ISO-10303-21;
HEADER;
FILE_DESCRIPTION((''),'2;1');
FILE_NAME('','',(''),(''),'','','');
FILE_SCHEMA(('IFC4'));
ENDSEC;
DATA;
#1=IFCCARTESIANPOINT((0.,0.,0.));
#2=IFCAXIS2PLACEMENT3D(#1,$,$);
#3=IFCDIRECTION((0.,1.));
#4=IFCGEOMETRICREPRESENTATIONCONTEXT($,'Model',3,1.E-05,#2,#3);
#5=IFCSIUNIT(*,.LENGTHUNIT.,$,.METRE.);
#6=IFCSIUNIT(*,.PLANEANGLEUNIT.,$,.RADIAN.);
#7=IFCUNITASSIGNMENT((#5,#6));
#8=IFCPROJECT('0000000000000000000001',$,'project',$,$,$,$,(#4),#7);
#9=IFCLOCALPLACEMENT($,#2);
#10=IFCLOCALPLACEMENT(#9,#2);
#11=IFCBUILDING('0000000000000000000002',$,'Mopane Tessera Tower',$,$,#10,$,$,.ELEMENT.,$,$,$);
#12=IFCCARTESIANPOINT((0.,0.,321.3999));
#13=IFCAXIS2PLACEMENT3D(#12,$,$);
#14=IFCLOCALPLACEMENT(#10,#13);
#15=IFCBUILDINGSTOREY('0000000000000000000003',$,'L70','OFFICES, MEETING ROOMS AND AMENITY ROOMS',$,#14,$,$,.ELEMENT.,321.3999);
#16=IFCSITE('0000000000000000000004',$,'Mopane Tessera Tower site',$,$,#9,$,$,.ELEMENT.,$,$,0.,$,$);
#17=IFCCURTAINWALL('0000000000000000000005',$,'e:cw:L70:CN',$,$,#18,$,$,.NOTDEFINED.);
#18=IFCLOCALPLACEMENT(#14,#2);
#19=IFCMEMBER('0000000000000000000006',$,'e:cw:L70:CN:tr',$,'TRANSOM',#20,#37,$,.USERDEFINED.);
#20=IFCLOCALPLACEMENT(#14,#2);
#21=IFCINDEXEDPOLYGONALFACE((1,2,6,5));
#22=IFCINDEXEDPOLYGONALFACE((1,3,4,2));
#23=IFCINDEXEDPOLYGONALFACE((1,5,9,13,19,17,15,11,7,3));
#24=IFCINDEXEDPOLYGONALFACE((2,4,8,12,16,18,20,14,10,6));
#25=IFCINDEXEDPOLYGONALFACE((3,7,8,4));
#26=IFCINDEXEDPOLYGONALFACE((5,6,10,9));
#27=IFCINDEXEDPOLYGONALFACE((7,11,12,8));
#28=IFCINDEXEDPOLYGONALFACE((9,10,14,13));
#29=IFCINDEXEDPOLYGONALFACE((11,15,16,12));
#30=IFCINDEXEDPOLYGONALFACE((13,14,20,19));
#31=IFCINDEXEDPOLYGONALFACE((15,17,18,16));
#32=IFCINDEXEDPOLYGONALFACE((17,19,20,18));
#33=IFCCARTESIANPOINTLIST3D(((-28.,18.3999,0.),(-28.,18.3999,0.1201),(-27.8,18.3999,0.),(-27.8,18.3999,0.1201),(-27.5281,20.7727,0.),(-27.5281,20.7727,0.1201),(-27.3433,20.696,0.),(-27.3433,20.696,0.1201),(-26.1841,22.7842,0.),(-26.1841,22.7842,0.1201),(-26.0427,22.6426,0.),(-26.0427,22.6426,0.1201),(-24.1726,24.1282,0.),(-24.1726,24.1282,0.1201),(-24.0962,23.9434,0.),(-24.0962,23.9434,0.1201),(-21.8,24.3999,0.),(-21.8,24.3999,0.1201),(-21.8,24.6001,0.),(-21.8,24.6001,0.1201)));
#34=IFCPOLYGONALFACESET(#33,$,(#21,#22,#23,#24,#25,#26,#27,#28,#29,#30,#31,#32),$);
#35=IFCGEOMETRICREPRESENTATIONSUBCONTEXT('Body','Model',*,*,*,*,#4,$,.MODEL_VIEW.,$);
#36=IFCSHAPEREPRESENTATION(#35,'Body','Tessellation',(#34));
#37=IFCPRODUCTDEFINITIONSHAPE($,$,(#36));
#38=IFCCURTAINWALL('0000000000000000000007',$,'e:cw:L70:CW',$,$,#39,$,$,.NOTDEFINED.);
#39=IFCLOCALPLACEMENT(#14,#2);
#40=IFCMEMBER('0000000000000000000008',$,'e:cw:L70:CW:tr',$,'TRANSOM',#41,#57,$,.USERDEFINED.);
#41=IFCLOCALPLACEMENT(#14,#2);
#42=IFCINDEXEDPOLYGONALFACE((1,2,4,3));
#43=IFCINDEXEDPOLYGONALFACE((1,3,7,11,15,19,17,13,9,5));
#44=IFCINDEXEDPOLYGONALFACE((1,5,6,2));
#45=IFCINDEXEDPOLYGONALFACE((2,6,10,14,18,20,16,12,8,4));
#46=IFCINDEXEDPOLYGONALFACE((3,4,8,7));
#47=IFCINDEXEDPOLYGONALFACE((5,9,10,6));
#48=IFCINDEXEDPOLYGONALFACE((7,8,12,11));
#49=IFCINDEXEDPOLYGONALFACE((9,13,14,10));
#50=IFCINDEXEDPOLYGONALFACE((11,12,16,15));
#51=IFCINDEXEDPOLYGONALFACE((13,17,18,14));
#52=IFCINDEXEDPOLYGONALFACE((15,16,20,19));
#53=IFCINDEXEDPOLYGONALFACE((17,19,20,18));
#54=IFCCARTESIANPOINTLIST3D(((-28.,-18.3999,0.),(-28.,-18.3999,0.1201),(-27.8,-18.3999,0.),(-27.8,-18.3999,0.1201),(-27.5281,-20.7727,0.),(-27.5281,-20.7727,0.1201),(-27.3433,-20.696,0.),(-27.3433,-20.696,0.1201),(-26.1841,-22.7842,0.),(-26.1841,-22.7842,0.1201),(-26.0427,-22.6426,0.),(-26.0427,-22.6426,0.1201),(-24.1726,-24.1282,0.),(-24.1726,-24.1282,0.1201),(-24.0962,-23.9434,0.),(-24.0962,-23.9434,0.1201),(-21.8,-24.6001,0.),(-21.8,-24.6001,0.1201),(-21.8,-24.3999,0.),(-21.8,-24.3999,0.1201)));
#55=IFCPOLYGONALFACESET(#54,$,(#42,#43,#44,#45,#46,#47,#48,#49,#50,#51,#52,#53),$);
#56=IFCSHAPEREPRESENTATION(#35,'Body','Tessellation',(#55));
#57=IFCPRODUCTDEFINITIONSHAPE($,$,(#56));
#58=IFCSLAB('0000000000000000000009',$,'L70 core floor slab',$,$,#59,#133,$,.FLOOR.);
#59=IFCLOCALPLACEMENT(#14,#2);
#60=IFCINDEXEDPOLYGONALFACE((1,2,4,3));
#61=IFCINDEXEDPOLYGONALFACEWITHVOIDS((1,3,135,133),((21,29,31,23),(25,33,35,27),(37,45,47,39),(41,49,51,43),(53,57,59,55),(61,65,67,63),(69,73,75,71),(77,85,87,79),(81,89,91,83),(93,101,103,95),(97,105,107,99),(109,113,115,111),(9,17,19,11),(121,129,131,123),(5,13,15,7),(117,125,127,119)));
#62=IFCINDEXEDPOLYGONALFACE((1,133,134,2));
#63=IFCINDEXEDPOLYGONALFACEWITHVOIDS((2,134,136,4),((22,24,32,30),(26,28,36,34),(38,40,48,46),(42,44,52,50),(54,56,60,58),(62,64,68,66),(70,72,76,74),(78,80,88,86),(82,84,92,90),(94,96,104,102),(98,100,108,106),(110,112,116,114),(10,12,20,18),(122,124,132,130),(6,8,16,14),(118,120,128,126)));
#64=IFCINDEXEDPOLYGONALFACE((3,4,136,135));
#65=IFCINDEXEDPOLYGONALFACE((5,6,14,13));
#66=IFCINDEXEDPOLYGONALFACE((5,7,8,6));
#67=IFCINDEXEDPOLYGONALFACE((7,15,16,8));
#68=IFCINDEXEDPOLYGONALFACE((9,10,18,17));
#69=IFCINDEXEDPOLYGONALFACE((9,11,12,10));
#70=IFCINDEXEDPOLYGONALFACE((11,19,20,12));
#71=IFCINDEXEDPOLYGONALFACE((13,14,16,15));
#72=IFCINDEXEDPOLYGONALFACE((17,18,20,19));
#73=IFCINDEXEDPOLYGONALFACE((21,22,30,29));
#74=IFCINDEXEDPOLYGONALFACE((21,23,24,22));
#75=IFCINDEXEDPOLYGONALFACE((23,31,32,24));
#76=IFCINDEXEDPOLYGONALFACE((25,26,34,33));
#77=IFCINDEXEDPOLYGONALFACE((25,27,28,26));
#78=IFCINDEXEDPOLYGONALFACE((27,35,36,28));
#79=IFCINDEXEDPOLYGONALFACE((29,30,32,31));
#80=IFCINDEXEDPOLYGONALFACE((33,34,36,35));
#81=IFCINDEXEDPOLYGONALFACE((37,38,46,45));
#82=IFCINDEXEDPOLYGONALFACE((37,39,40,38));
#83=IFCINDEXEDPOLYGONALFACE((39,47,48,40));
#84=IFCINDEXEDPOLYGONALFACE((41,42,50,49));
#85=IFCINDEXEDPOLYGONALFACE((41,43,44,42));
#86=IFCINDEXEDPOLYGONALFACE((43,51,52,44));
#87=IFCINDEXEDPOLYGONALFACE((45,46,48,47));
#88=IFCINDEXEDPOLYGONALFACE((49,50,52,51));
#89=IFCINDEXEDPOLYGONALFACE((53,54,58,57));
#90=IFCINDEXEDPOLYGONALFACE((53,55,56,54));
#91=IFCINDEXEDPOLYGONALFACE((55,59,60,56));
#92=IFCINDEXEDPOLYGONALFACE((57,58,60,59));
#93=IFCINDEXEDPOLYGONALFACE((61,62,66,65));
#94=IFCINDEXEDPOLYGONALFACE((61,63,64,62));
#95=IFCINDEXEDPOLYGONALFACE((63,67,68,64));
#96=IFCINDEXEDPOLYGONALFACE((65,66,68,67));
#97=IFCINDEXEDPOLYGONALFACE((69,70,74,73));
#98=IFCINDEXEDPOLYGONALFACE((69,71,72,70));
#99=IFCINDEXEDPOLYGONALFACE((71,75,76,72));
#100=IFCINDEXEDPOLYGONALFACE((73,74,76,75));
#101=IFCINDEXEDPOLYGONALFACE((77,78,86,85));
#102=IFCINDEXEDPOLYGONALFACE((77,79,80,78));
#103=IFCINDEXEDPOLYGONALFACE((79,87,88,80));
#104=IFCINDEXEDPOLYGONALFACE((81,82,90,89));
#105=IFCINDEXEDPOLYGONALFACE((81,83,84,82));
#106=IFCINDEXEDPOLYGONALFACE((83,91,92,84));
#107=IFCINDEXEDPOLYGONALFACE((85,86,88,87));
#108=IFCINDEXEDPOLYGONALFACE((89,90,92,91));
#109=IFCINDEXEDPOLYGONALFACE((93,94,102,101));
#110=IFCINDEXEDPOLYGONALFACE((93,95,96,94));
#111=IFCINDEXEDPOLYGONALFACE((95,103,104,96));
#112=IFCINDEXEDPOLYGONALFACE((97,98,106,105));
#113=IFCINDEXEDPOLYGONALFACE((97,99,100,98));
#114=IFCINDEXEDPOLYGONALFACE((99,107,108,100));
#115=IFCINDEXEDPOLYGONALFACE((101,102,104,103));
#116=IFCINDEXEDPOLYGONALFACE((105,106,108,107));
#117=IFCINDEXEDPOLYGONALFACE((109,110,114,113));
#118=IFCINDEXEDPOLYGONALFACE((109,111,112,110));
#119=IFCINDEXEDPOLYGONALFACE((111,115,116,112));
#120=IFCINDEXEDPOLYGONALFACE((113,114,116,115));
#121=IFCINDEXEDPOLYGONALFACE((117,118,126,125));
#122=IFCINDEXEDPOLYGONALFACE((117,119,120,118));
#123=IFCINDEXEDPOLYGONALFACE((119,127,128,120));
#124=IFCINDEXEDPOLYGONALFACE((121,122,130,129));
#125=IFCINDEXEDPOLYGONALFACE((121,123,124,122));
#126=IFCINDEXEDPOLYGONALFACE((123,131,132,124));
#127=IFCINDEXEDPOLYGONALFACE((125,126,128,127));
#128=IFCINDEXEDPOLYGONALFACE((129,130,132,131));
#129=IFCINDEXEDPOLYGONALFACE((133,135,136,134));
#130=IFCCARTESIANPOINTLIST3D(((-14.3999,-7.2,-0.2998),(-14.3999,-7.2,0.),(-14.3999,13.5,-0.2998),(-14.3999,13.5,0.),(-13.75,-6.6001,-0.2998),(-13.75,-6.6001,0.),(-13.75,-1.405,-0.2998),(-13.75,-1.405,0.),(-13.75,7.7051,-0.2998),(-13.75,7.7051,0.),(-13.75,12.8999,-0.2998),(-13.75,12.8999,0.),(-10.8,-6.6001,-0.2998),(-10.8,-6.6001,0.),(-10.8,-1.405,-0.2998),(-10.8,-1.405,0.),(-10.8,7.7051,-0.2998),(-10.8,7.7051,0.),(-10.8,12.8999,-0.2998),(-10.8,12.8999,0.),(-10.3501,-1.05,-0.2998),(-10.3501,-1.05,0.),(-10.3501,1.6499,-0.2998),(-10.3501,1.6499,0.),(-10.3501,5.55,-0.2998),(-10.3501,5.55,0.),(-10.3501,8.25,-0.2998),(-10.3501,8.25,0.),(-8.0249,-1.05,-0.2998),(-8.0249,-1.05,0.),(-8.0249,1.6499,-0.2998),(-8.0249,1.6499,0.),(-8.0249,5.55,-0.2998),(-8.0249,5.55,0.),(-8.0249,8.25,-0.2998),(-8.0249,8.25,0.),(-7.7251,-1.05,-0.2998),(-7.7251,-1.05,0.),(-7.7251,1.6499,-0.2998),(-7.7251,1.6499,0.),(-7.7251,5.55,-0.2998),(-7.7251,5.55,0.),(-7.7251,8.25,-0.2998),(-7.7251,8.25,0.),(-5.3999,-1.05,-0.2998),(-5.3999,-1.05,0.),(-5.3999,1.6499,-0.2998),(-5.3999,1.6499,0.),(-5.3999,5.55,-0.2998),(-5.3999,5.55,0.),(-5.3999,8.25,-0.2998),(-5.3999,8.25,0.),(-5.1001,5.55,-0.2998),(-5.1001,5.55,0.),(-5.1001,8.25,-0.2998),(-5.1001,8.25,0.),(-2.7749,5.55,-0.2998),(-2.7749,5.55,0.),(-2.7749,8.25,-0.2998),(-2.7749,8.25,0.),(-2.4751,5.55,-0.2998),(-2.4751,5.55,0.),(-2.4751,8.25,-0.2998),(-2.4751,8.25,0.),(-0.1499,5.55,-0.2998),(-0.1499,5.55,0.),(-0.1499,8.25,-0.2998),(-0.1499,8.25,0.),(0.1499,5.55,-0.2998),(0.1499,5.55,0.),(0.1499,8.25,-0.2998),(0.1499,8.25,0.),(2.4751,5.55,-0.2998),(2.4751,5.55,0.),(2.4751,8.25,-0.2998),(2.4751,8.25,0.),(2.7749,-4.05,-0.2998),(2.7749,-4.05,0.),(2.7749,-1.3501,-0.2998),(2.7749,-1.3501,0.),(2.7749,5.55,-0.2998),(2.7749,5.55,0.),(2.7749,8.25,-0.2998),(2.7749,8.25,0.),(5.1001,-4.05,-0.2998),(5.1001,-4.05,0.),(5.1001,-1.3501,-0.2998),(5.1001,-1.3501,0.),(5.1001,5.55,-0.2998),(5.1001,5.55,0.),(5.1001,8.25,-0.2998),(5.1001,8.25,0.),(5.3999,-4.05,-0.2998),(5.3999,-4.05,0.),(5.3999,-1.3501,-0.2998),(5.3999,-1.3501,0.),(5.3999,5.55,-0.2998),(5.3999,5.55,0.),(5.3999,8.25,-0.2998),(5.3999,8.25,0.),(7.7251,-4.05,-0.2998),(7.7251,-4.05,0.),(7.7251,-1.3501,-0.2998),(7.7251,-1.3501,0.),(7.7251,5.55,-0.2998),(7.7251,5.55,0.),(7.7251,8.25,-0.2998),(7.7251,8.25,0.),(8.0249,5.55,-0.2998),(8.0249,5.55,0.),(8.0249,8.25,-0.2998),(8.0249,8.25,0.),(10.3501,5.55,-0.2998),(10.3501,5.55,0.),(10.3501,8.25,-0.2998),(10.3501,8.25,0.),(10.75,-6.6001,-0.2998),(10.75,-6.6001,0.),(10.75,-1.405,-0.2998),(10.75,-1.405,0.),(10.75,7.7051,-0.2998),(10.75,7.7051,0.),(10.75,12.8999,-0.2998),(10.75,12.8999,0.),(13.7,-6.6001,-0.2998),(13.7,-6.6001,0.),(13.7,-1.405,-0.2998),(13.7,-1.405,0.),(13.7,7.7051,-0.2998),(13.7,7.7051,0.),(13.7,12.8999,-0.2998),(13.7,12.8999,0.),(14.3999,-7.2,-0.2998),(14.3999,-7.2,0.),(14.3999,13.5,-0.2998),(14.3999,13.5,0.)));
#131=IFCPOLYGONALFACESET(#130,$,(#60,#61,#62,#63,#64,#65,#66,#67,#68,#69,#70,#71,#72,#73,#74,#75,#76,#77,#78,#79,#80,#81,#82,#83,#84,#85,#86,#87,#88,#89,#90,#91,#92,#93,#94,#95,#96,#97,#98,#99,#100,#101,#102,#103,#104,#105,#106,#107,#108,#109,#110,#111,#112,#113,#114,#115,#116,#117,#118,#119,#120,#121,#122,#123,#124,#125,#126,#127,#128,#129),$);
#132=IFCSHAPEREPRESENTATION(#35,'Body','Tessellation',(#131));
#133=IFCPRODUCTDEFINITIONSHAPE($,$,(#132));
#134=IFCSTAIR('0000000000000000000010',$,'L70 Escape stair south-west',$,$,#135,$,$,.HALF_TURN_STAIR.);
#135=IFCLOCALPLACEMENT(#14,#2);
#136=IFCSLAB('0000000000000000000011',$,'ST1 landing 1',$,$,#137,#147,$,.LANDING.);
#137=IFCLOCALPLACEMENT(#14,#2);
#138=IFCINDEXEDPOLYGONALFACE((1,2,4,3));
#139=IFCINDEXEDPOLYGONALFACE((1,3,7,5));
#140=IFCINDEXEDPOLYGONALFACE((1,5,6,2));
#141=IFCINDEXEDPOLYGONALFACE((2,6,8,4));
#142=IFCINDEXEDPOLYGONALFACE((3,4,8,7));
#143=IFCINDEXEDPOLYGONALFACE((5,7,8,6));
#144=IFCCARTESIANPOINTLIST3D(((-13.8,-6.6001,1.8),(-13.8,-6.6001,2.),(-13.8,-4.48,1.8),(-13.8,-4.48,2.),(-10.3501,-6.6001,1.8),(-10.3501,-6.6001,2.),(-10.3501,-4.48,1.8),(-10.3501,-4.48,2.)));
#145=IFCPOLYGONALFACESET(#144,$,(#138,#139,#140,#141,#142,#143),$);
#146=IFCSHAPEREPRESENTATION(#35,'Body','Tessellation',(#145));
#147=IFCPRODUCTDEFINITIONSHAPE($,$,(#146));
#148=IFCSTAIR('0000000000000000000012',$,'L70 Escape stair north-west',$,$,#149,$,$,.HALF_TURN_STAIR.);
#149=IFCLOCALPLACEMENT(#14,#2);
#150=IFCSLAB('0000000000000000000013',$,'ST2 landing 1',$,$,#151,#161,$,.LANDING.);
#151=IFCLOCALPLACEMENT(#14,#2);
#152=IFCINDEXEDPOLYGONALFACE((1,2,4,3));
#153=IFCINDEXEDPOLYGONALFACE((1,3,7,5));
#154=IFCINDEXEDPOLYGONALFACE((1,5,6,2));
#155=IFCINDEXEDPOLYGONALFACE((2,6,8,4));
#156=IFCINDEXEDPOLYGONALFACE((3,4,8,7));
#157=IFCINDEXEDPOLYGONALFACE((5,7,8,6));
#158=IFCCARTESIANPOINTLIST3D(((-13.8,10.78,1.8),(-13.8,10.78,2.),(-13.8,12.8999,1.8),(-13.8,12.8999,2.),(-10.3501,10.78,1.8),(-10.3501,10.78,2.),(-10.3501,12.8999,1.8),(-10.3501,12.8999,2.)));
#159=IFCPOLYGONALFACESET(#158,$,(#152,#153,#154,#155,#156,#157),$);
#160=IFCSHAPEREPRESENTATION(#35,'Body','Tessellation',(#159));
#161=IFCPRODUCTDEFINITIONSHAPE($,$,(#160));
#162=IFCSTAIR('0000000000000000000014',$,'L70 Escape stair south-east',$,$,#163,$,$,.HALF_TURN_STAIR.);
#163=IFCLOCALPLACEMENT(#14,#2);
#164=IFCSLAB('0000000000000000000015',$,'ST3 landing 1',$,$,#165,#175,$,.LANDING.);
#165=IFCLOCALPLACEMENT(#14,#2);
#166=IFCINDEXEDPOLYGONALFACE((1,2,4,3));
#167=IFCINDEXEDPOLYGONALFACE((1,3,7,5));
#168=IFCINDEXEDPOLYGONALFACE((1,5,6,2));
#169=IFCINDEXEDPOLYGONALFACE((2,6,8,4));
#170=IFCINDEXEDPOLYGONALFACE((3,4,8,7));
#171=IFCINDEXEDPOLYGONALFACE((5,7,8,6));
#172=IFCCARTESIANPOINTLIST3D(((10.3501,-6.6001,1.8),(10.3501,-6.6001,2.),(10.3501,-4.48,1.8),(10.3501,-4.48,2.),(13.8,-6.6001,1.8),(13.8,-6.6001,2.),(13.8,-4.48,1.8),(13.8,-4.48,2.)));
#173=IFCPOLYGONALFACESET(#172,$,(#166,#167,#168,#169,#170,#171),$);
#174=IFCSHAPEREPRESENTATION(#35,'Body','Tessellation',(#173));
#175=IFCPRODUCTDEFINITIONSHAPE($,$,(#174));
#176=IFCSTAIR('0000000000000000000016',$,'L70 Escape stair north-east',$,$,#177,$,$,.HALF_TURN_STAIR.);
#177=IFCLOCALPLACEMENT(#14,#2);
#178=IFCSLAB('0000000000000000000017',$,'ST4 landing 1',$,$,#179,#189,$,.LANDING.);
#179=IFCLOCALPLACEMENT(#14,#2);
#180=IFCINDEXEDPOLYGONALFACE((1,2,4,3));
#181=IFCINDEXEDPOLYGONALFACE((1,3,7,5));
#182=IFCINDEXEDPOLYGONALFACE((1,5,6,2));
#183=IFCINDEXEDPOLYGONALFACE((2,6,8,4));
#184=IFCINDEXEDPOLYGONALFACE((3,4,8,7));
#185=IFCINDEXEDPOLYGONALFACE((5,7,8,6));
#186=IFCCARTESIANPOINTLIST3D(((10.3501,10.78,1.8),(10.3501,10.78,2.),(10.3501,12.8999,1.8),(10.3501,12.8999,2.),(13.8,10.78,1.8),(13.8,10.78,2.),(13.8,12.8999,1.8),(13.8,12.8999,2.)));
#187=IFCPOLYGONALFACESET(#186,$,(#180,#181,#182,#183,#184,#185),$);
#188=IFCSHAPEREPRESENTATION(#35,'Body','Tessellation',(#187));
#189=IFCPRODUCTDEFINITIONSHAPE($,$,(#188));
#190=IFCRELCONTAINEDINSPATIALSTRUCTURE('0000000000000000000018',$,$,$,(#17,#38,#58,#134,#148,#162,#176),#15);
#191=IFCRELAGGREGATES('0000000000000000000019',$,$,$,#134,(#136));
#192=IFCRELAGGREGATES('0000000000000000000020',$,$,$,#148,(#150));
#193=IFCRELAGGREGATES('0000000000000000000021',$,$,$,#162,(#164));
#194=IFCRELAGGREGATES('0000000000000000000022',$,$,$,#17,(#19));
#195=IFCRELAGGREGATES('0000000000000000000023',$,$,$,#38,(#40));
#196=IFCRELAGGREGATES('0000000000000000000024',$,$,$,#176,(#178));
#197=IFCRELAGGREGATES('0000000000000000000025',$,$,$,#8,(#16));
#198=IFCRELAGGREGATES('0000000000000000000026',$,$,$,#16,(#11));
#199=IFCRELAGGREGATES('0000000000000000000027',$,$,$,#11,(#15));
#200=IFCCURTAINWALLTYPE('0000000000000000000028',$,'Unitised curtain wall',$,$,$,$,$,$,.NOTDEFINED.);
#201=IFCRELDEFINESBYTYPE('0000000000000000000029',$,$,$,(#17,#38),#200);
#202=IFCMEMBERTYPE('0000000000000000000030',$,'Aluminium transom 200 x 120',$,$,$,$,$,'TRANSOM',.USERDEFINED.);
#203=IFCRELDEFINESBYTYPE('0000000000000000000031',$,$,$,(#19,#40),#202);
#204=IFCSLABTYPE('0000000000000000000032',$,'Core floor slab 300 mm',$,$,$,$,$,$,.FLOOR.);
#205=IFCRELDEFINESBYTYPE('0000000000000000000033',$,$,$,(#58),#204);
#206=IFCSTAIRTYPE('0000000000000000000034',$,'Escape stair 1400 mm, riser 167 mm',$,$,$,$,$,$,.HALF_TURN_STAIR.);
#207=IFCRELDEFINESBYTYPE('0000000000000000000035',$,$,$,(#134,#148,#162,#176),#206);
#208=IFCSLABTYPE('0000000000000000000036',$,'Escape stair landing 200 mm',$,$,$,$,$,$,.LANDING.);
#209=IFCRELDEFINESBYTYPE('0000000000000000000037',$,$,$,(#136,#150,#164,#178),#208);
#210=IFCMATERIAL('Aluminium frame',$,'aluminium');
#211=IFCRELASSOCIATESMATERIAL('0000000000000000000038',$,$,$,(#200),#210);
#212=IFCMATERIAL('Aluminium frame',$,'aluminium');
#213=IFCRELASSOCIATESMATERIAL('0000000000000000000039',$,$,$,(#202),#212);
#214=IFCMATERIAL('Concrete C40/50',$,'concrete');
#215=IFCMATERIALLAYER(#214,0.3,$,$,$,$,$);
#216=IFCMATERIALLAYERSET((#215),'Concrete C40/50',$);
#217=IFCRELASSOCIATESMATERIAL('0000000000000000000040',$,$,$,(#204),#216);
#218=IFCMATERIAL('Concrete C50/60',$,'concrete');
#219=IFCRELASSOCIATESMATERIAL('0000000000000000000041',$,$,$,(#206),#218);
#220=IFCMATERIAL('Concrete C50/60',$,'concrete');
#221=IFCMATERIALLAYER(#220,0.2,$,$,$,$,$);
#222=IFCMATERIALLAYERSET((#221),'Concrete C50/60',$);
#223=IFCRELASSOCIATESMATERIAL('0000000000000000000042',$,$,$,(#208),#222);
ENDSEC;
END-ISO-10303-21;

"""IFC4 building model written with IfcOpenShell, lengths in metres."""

from ifc_helpers import new_model, si_unit, direction, frame, origin, origin_2d, place, context, subcontext, project, spatial, polyline, rectangle, outline, extrude, material, layer, layer_set, material_profile, profile_set, type_object, element, aggregate, save


model = new_model("IFC4")

# Units and contexts
model_context = context("Model", 3, precision=1e-05, world=origin(), true_north=direction((0.0, 1.0)))
body_context = subcontext(model_context, "Body", "Model", "MODEL_VIEW")
ifc_project = project(units=[si_unit("LENGTHUNIT", "METRE"), si_unit("PLANEANGLEUNIT", "RADIAN")], contexts=[model_context])

# Site, building, storey
site_placement = place(None, origin())
site = spatial("IfcSite", under=ifc_project, at=site_placement, Name="Mopane Tessera Tower site", CompositionType="ELEMENT", RefElevation=0.0)
building_placement = place(site_placement, origin())
building = spatial("IfcBuilding", under=site, at=building_placement, Name="Mopane Tessera Tower", CompositionType="ELEMENT")
storey_placement = place(building_placement, frame((0.0, 0.0, 321.3999)))
storey = spatial("IfcBuildingStorey", under=building, at=storey_placement, Name="L70", Description="OFFICES, MEETING ROOMS AND AMENITY ROOMS", CompositionType="ELEMENT", Elevation=321.3999)

# Curtain walls, members
ifc_material_1 = material(Name="Aluminium frame", Category="aluminium")
curtain_wall_type = type_object("IfcCurtainWallType", Name="Unitised curtain wall", PredefinedType="NOTDEFINED", material=ifc_material_1)
curtain_wall_1_placement = place(storey_placement, origin())
curtain_wall_1 = element("IfcCurtainWall", 1, at=curtain_wall_1_placement, inside=storey, type_object=curtain_wall_type, Name="e:cw:L70:CN", PredefinedType="NOTDEFINED")
ifc_material_2 = material(Name="Aluminium frame", Category="aluminium")
ifc_material_profile = material_profile(ifc_material_2, rectangle(XDim=0.2, YDim=0.1201, at=origin_2d()))
ifc_profile_set = profile_set([ifc_material_profile], Name="Aluminium frame")
member_type = type_object("IfcMemberType", Name="Aluminium transom 200 x 120", ElementType="TRANSOM", PredefinedType="USERDEFINED", material=ifc_profile_set)
member_1_placement = place(storey_placement, origin())
member_1 = element("IfcMember", 2, at=member_1_placement, type_object=member_type, Name="e:cw:L70:CN:tr", ObjectType="TRANSOM", PredefinedType="USERDEFINED", context=body_context, shape_type="SweptSolid", body=[
    extrude(outline(polyline([(-21.8, 24.3999), (-24.0962, 23.9434), (-26.0427, 22.6426), (-27.3433, 20.696), (-27.8, 18.3999), (-28.0, 18.3999), (-27.5281, 20.7727), (-26.1841, 22.7842), (-24.1726, 24.1282), (-21.8, 24.6001), (-21.8, 24.3999)])), origin(), (0.0, 0.0, 1.0), 0.1201),
])
curtain_wall_2_placement = place(storey_placement, origin())
curtain_wall_2 = element("IfcCurtainWall", 3, at=curtain_wall_2_placement, inside=storey, type_object=curtain_wall_type, Name="e:cw:L70:CW", PredefinedType="NOTDEFINED")
member_2_placement = place(storey_placement, origin())
member_2 = element("IfcMember", 4, at=member_2_placement, type_object=member_type, Name="e:cw:L70:CW:tr", ObjectType="TRANSOM", PredefinedType="USERDEFINED", context=body_context, shape_type="SweptSolid", body=[
    extrude(outline(polyline([(-27.8, -18.3999), (-27.3433, -20.696), (-26.0427, -22.6426), (-24.0962, -23.9434), (-21.8, -24.3999), (-21.8, -24.6001), (-24.1726, -24.1282), (-26.1841, -22.7842), (-27.5281, -20.7727), (-28.0, -18.3999), (-27.8, -18.3999)])), origin(), (0.0, 0.0, 1.0), 0.1201),
])

# Slab
ifc_material_3 = material(Name="Concrete C40/50", Category="concrete")
ifc_layer_1 = layer(ifc_material_3, 0.3)
ifc_layer_set_1 = layer_set([ifc_layer_1], Name="Concrete C40/50")
slab_type_1 = type_object("IfcSlabType", Name="Core floor slab 300 mm", PredefinedType="FLOOR", material=ifc_layer_set_1)
slab_1_placement = place(storey_placement, frame((0.0, 0.0, -0.2998)))
element("IfcSlab", 5, at=slab_1_placement, inside=storey, type_object=slab_type_1, Name="L70 core floor slab", PredefinedType="FLOOR", context=body_context, shape_type="SweptSolid", body=[
    extrude(outline(polyline([(-14.3999, -7.2), (14.3999, -7.2), (14.3999, 13.5), (-14.3999, 13.5), (-14.3999, -7.2)]), holes=[polyline([(-10.3501, -1.05), (-8.0249, -1.05), (-8.0249, 1.6499), (-10.3501, 1.6499), (-10.3501, -1.05)]), polyline([(-7.7251, -1.05), (-5.3999, -1.05), (-5.3999, 1.6499), (-7.7251, 1.6499), (-7.7251, -1.05)]), polyline([(-10.3501, 5.55), (-8.0249, 5.55), (-8.0249, 8.25), (-10.3501, 8.25), (-10.3501, 5.55)]), polyline([(-7.7251, 5.55), (-5.3999, 5.55), (-5.3999, 8.25), (-7.7251, 8.25), (-7.7251, 5.55)]), polyline([(-5.1001, 5.55), (-2.7749, 5.55), (-2.7749, 8.25), (-5.1001, 8.25), (-5.1001, 5.55)]), polyline([(-2.4751, 5.55), (-0.1499, 5.55), (-0.1499, 8.25), (-2.4751, 8.25), (-2.4751, 5.55)]), polyline([(0.1499, 5.55), (2.4751, 5.55), (2.4751, 8.25), (0.1499, 8.25), (0.1499, 5.55)]), polyline([(2.7749, 5.55), (5.1001, 5.55), (5.1001, 8.25), (2.7749, 8.25), (2.7749, 5.55)]), polyline([(5.3999, 5.55), (7.7251, 5.55), (7.7251, 8.25), (5.3999, 8.25), (5.3999, 5.55)]), polyline([(8.0249, 5.55), (10.3501, 5.55), (10.3501, 8.25), (8.0249, 8.25), (8.0249, 5.55)]), polyline([(2.7749, -4.05), (5.1001, -4.05), (5.1001, -1.3501), (2.7749, -1.3501), (2.7749, -4.05)]), polyline([(5.3999, -4.05), (7.7251, -4.05), (7.7251, -1.3501), (5.3999, -1.3501), (5.3999, -4.05)]), polyline([(-13.75, -1.405), (-13.75, -6.6001), (-10.8, -6.6001), (-10.8, -1.405), (-13.75, -1.405)]), polyline([(-10.8, 7.7051), (-10.8, 12.8999), (-13.75, 12.8999), (-13.75, 7.7051), (-10.8, 7.7051)]), polyline([(10.75, -1.405), (10.75, -6.6001), (13.7, -6.6001), (13.7, -1.405), (10.75, -1.405)]), polyline([(13.7, 7.7051), (13.7, 12.8999), (10.75, 12.8999), (10.75, 7.7051), (13.7, 7.7051)])]), origin(), (0.0, 0.0, 1.0), 0.2998),
])

# Stairs, slabs
ifc_material_4 = material(Name="Concrete C50/60", Category="concrete")
stair_type = type_object("IfcStairType", Name="Escape stair 1400 mm, riser 167 mm", PredefinedType="HALF_TURN_STAIR", material=ifc_material_4)
stair_1_placement = place(storey_placement, origin())
stair_1 = element("IfcStair", 6, at=stair_1_placement, inside=storey, type_object=stair_type, Name="L70 Escape stair south-west", PredefinedType="HALF_TURN_STAIR")
ifc_material_5 = material(Name="Concrete C50/60", Category="concrete")
ifc_layer_2 = layer(ifc_material_5, 0.2)
ifc_layer_set_2 = layer_set([ifc_layer_2], Name="Concrete C50/60")
slab_type_2 = type_object("IfcSlabType", Name="Escape stair landing 200 mm", PredefinedType="LANDING", material=ifc_layer_set_2)
slab_2_placement = place(storey_placement, frame((0.0, 0.0, 1.8)))
slab_2 = element("IfcSlab", 7, at=slab_2_placement, type_object=slab_type_2, Name="ST1 landing 1", PredefinedType="LANDING", context=body_context, shape_type="SweptSolid", body=[
    extrude(outline(polyline([(-13.8, -4.48), (-13.8, -6.6001), (-10.3501, -6.6001), (-10.3501, -4.48), (-13.8, -4.48)])), origin(), (0.0, 0.0, 1.0), 0.2),
])
aggregate(stair_1, [slab_2])
stair_2_placement = place(storey_placement, origin())
stair_2 = element("IfcStair", 8, at=stair_2_placement, inside=storey, type_object=stair_type, Name="L70 Escape stair north-west", PredefinedType="HALF_TURN_STAIR")
slab_3_placement = place(storey_placement, frame((0.0, 0.0, 1.8)))
slab_3 = element("IfcSlab", 9, at=slab_3_placement, type_object=slab_type_2, Name="ST2 landing 1", PredefinedType="LANDING", context=body_context, shape_type="SweptSolid", body=[
    extrude(outline(polyline([(-10.3501, 10.78), (-10.3501, 12.8999), (-13.8, 12.8999), (-13.8, 10.78), (-10.3501, 10.78)])), origin(), (0.0, 0.0, 1.0), 0.2),
])
aggregate(stair_2, [slab_3])
stair_3_placement = place(storey_placement, origin())
stair_3 = element("IfcStair", 10, at=stair_3_placement, inside=storey, type_object=stair_type, Name="L70 Escape stair south-east", PredefinedType="HALF_TURN_STAIR")
slab_4_placement = place(storey_placement, frame((0.0, 0.0, 1.8)))
slab_4 = element("IfcSlab", 11, at=slab_4_placement, type_object=slab_type_2, Name="ST3 landing 1", PredefinedType="LANDING", context=body_context, shape_type="SweptSolid", body=[
    extrude(outline(polyline([(10.3501, -4.48), (10.3501, -6.6001), (13.8, -6.6001), (13.8, -4.48), (10.3501, -4.48)])), origin(), (0.0, 0.0, 1.0), 0.2),
])
aggregate(stair_3, [slab_4])
stair_4_placement = place(storey_placement, origin())
stair_4 = element("IfcStair", 12, at=stair_4_placement, inside=storey, type_object=stair_type, Name="L70 Escape stair north-east", PredefinedType="HALF_TURN_STAIR")
slab_5_placement = place(storey_placement, frame((0.0, 0.0, 1.8)))
slab_5 = element("IfcSlab", 13, at=slab_5_placement, type_object=slab_type_2, Name="ST4 landing 1", PredefinedType="LANDING", context=body_context, shape_type="SweptSolid", body=[
    extrude(outline(polyline([(13.8, 10.78), (13.8, 12.8999), (10.3501, 12.8999), (10.3501, 10.78), (13.8, 10.78)])), origin(), (0.0, 0.0, 1.0), 0.2),
])

aggregate(curtain_wall_1, [member_1])
aggregate(curtain_wall_2, [member_2])

aggregate(stair_4, [slab_5])

save(model, "model.ifc")
